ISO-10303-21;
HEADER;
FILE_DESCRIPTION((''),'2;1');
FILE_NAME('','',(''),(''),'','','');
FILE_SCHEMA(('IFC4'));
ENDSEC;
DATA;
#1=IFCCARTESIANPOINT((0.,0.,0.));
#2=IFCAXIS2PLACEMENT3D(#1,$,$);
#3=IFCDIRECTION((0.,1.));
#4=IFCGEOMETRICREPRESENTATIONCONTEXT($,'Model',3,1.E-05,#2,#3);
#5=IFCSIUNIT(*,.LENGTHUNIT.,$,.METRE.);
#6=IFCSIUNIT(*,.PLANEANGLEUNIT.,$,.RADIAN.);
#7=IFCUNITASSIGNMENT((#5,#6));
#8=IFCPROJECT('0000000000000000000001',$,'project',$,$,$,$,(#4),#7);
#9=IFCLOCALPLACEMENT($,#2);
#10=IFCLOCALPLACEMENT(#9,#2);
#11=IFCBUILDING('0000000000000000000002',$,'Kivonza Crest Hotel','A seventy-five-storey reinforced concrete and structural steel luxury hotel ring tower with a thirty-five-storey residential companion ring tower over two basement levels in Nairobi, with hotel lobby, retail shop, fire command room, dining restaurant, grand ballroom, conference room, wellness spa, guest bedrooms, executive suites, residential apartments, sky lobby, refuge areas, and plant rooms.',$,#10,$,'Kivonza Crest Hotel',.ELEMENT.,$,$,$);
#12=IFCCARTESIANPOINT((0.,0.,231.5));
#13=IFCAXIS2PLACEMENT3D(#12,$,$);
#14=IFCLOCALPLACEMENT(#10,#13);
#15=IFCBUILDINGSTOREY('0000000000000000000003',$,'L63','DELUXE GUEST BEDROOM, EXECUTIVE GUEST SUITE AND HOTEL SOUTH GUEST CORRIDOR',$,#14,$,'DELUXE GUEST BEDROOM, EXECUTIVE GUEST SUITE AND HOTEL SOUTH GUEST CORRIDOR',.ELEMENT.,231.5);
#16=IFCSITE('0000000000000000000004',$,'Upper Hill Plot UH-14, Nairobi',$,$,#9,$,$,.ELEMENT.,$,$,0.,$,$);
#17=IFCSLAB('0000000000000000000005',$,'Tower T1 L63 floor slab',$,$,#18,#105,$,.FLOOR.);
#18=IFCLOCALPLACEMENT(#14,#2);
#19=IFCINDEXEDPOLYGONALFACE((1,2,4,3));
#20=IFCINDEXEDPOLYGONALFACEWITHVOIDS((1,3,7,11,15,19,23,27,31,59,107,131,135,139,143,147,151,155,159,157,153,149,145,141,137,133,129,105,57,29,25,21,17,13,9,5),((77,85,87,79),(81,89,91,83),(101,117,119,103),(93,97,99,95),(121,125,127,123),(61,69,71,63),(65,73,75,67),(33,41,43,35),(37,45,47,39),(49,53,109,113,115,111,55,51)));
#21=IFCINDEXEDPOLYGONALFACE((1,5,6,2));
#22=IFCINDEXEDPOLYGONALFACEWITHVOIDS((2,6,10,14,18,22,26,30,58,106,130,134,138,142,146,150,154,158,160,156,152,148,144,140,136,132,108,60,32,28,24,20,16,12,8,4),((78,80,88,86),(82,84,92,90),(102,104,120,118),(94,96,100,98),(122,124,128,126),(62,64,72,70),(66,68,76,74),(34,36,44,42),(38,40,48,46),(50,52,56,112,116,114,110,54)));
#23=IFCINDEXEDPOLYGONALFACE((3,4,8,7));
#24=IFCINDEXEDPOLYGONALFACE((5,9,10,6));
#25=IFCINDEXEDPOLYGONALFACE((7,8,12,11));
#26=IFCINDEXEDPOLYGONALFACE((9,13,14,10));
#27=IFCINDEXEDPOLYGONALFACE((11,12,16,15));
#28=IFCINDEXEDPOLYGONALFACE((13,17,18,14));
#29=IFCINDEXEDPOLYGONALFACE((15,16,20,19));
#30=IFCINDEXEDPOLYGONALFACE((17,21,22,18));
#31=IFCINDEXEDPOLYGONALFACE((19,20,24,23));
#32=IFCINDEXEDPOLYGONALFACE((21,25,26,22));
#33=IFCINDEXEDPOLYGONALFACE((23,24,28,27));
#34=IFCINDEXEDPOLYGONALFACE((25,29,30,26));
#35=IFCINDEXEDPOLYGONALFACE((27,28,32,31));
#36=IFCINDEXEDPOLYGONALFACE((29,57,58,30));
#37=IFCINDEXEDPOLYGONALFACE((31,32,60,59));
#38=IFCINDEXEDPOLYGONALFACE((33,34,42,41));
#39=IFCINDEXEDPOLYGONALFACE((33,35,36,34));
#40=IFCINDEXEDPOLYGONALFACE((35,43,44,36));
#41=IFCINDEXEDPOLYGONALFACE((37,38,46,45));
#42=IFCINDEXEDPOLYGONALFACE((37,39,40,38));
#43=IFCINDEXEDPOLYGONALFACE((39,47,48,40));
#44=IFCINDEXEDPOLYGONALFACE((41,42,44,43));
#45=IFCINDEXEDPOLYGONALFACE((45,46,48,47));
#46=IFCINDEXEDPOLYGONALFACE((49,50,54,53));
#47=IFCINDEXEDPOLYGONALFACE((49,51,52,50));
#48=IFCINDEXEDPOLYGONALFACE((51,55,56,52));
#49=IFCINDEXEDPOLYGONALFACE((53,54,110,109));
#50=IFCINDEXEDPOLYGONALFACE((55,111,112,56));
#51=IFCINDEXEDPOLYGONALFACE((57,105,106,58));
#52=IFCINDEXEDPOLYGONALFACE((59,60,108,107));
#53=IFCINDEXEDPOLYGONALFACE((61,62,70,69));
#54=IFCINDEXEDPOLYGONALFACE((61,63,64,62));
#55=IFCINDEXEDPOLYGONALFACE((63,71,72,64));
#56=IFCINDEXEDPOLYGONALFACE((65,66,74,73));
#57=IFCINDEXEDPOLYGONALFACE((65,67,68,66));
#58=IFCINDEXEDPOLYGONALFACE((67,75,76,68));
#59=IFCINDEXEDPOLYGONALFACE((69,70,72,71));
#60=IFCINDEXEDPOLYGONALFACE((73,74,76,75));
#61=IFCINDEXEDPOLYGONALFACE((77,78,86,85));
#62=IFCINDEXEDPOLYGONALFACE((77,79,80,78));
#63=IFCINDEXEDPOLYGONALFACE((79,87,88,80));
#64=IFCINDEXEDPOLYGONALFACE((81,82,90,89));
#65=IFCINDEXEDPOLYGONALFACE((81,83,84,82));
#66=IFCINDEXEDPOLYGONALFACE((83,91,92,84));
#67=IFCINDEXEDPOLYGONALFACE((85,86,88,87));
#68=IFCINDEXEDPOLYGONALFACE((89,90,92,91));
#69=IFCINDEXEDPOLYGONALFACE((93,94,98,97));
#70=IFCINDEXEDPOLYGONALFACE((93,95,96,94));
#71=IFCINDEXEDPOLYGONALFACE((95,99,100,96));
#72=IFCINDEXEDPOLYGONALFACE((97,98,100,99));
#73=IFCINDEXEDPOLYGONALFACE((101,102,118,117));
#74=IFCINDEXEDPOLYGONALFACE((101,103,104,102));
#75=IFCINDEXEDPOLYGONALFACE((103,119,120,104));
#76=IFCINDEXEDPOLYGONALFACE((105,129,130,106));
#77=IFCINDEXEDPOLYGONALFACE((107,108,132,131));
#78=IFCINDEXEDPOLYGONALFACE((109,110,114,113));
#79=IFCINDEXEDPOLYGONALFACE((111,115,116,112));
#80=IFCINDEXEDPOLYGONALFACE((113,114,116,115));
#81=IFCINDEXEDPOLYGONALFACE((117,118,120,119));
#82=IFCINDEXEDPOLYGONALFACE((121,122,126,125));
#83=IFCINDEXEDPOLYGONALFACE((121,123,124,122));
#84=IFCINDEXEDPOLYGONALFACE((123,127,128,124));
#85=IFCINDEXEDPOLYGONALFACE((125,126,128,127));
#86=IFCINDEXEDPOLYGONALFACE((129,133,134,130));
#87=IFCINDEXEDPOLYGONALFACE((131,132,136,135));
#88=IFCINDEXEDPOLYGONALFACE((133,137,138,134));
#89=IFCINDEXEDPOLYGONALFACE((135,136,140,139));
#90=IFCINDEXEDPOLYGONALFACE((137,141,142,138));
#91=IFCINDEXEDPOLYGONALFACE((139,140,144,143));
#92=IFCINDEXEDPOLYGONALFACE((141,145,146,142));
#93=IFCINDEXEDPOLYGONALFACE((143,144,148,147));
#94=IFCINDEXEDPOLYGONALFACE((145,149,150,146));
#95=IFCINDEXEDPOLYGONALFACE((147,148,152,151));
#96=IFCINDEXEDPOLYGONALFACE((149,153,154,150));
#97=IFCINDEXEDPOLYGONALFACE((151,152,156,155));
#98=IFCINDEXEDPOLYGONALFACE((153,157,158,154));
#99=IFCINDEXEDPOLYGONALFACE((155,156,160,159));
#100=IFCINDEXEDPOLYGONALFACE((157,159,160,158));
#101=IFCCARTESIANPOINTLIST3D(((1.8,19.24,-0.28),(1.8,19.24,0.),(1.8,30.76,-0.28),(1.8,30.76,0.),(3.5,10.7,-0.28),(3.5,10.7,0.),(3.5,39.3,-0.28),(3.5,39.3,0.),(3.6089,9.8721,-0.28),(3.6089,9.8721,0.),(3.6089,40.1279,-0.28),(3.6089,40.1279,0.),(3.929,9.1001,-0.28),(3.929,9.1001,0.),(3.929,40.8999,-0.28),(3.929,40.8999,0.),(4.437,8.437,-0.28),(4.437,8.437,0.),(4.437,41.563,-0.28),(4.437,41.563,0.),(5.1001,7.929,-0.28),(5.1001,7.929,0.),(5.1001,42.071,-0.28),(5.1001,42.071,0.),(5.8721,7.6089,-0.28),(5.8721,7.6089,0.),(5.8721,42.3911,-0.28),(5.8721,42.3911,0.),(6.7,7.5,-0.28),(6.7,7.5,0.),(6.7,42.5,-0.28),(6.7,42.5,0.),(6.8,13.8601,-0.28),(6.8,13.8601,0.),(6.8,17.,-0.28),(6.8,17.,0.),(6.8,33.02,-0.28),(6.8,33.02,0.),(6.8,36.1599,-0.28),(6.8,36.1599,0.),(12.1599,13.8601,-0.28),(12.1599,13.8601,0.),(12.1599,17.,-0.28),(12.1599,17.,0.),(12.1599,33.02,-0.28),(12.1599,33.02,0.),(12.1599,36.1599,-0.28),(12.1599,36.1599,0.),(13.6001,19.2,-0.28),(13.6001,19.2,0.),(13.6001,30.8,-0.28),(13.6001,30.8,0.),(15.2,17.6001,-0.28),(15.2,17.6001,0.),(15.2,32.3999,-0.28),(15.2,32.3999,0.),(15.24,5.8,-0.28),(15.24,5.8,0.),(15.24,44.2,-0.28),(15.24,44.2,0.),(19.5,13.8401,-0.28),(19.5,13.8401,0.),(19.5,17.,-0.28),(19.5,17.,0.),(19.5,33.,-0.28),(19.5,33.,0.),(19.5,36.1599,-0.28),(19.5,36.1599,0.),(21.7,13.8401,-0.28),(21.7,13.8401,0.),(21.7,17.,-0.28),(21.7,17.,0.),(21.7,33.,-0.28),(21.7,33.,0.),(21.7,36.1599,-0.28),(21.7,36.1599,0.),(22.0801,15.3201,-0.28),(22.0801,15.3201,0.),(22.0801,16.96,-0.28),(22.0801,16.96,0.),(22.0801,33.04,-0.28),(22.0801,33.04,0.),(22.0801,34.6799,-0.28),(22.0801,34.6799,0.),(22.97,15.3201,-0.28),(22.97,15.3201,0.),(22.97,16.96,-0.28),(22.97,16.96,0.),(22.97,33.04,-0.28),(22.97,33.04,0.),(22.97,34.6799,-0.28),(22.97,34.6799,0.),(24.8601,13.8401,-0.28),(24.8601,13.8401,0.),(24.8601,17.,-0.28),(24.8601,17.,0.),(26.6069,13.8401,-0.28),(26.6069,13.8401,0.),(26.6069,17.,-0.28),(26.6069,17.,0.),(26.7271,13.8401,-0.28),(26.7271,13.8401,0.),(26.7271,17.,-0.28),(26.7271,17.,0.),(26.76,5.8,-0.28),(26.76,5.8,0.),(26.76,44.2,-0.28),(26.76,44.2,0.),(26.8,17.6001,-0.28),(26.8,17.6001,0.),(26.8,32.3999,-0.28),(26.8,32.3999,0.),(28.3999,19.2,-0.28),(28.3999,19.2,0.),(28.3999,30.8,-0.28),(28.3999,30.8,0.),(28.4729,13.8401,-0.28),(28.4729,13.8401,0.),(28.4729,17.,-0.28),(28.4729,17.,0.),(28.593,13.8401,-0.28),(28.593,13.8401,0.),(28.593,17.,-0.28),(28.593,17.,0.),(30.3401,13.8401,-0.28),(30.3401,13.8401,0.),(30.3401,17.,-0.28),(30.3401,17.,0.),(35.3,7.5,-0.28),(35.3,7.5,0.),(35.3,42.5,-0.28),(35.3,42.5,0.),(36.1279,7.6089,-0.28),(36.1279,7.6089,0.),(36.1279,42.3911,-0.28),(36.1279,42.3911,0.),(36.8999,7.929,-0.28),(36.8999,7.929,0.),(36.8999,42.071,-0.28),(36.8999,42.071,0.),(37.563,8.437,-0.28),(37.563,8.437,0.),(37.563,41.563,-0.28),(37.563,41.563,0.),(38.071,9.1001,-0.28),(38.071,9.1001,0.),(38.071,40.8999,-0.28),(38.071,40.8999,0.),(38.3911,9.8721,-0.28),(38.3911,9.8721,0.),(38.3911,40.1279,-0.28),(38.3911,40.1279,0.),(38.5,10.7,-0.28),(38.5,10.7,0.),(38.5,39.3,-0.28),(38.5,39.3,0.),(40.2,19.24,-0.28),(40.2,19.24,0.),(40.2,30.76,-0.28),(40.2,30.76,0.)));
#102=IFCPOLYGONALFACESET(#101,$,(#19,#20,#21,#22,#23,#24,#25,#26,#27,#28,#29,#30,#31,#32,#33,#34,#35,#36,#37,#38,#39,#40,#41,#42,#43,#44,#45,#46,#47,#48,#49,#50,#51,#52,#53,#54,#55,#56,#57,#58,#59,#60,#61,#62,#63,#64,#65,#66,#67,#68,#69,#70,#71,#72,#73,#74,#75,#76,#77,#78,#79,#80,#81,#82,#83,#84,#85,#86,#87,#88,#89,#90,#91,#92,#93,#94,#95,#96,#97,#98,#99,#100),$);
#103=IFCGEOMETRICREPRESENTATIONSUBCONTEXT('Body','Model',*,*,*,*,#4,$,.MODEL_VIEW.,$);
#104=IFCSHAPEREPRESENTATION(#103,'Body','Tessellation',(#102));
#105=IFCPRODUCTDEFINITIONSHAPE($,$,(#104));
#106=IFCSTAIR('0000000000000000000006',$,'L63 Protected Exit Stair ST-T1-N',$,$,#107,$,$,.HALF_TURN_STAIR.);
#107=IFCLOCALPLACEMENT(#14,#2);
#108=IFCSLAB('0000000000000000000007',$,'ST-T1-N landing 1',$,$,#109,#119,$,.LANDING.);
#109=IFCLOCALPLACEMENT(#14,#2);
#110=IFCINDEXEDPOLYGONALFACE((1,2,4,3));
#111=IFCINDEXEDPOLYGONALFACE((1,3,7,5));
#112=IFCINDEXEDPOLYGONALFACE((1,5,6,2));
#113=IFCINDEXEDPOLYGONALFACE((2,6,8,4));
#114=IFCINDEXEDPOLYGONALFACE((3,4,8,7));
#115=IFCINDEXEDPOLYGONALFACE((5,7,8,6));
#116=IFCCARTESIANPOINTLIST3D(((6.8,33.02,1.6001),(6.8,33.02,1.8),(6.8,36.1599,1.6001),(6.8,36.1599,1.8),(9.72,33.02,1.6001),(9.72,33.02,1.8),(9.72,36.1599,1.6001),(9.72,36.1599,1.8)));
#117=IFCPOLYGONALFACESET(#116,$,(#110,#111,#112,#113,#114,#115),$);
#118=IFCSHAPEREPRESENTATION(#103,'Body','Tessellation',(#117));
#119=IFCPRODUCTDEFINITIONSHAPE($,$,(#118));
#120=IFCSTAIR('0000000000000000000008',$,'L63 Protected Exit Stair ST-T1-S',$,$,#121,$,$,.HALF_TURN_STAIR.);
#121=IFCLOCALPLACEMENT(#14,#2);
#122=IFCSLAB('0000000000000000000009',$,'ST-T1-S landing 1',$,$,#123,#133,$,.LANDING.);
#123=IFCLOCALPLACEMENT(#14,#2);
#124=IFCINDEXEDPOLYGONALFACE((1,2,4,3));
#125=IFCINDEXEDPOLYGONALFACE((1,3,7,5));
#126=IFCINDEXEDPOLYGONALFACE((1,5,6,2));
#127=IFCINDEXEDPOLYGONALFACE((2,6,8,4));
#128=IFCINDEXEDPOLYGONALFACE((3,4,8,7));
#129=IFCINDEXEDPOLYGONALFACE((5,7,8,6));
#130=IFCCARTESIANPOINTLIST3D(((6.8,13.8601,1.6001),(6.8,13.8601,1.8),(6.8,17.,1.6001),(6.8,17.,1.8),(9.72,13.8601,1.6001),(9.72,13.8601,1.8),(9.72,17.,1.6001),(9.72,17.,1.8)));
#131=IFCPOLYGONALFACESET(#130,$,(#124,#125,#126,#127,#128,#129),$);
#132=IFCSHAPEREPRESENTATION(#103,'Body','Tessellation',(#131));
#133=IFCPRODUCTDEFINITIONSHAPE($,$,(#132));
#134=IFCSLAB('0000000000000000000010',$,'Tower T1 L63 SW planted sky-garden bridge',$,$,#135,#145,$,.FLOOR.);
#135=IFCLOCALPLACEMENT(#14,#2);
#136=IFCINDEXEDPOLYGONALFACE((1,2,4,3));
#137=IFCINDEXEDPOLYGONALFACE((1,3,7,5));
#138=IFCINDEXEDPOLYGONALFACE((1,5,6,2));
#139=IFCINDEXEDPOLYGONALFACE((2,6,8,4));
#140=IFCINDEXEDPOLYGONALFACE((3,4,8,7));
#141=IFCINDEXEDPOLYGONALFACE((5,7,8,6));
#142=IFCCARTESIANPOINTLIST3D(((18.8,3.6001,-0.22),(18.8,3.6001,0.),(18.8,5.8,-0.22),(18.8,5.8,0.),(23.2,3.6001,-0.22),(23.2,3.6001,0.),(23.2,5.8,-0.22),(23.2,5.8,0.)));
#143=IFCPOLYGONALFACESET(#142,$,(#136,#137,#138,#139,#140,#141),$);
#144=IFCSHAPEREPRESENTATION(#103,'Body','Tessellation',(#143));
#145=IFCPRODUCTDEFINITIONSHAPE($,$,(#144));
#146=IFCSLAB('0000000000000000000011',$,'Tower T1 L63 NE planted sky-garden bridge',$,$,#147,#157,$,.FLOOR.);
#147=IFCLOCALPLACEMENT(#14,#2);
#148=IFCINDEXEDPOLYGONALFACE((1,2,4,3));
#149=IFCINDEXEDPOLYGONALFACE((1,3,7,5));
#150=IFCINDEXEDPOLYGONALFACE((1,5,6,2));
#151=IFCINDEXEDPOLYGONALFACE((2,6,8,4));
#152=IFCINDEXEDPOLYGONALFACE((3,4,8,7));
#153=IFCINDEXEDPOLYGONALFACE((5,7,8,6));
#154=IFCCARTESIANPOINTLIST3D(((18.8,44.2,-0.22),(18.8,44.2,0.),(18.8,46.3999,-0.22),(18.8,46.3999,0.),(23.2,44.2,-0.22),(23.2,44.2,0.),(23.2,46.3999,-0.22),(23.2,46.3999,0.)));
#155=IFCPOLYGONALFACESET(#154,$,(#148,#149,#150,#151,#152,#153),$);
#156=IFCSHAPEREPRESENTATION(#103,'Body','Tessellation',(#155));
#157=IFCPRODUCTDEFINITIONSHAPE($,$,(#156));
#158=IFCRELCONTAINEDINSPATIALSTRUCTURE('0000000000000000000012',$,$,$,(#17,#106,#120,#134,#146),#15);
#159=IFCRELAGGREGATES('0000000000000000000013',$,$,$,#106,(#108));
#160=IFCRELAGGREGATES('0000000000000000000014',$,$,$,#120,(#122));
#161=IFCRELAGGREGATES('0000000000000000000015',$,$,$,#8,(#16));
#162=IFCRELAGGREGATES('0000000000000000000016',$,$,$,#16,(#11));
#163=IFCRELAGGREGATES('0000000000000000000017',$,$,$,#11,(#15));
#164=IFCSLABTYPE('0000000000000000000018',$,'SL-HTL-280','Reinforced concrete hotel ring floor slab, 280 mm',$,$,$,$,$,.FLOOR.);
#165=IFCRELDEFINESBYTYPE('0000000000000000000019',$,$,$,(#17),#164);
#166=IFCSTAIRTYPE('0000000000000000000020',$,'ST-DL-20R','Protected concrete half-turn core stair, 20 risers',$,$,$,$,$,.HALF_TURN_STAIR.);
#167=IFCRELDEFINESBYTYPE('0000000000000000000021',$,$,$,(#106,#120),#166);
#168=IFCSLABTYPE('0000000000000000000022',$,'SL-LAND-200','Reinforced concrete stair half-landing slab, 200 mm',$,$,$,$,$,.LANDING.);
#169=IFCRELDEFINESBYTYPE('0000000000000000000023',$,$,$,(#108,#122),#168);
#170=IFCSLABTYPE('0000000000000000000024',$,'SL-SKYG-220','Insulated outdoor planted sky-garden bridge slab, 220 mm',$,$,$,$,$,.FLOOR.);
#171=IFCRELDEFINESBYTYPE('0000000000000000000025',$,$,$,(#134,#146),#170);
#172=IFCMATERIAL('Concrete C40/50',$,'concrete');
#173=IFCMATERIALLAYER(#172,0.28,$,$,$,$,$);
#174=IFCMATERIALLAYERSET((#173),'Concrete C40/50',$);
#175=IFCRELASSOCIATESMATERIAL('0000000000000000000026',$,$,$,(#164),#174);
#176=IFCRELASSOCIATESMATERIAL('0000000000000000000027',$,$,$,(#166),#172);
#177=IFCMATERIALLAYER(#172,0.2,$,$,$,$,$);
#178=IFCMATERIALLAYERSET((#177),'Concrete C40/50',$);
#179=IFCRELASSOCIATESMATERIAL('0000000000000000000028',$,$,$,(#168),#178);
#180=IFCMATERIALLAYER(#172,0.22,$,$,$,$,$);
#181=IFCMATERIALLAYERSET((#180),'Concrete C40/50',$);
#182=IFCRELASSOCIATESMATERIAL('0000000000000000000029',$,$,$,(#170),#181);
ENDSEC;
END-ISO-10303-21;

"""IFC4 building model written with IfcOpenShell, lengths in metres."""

from ifc_helpers import new_model, si_unit, direction, frame, origin, place, context, subcontext, project, spatial, polyline, outline, extrude, material, layer, layer_set, type_object, element, aggregate, save


model = new_model("IFC4")

# Units and contexts
model_context = context("Model", 3, precision=1e-05, world=origin(), true_north=direction((0.0, 1.0)))
body_context = subcontext(model_context, "Body", "Model", "MODEL_VIEW")
ifc_project = project(units=[si_unit("LENGTHUNIT", "METRE"), si_unit("PLANEANGLEUNIT", "RADIAN")], contexts=[model_context])

# Site, building, storey
site_placement = place(None, origin())
site = spatial("IfcSite", under=ifc_project, at=site_placement, Name="Upper Hill Plot UH-14, Nairobi", CompositionType="ELEMENT", RefElevation=0.0)
building_placement = place(site_placement, origin())
building = spatial("IfcBuilding", under=site, at=building_placement, Name="Kivonza Crest Hotel", Description="A seventy-five-storey reinforced concrete and structural steel luxury hotel ring tower with a thirty-five-storey residential companion ring tower over two basement levels in Nairobi, with hotel lobby, retail shop, fire command room, dining restaurant, grand ballroom, conference room, wellness spa, guest bedrooms, executive suites, residential apartments, sky lobby, refuge areas, and plant rooms.", LongName="Kivonza Crest Hotel", CompositionType="ELEMENT")
storey_placement = place(building_placement, frame((0.0, 0.0, 231.5)))
storey = spatial("IfcBuildingStorey", under=building, at=storey_placement, Name="L63", Description="DELUXE GUEST BEDROOM, EXECUTIVE GUEST SUITE AND HOTEL SOUTH GUEST CORRIDOR", LongName="DELUXE GUEST BEDROOM, EXECUTIVE GUEST SUITE AND HOTEL SOUTH GUEST CORRIDOR", CompositionType="ELEMENT", Elevation=231.5)

# Slab
ifc_material_1 = material(Name="Concrete C40/50", Category="concrete")
ifc_layer_1 = layer(ifc_material_1, 0.28)
ifc_layer_set_1 = layer_set([ifc_layer_1], Name="Concrete C40/50")
slab_type_1 = type_object("IfcSlabType", Name="SL-HTL-280", Description="Reinforced concrete hotel ring floor slab, 280 mm", PredefinedType="FLOOR", material=ifc_layer_set_1)
slab_1_placement = place(storey_placement, frame((0.0, 0.0, -0.28)))
element("IfcSlab", 1, at=slab_1_placement, inside=storey, type_object=slab_type_1, Name="Tower T1 L63 floor slab", PredefinedType="FLOOR", context=body_context, shape_type="SweptSolid", body=[
    extrude(outline(polyline([(3.5, 10.7), (3.6089, 9.8721), (3.929, 9.1001), (4.437, 8.437), (5.1001, 7.929), (5.8721, 7.6089), (6.7, 7.5), (15.24, 5.8), (26.76, 5.8), (35.3, 7.5), (36.1279, 7.6089), (36.8999, 7.929), (37.563, 8.437), (38.071, 9.1001), (38.3911, 9.8721), (38.5, 10.7), (40.2, 19.24), (40.2, 30.76), (38.5, 39.3), (38.3911, 40.1279), (38.071, 40.8999), (37.563, 41.563), (36.8999, 42.071), (36.1279, 42.3911), (35.3, 42.5), (26.76, 44.2), (15.24, 44.2), (6.7, 42.5), (5.8721, 42.3911), (5.1001, 42.071), (4.437, 41.563), (3.929, 40.8999), (3.6089, 40.1279), (3.5, 39.3), (1.8, 30.76), (1.8, 19.24), (3.5, 10.7)]), holes=[polyline([(15.2, 17.6001), (26.8, 17.6001), (28.3999, 19.2), (28.3999, 30.8), (26.8, 32.3999), (15.2, 32.3999), (13.6001, 30.8), (13.6001, 19.2), (15.2, 17.6001)]), polyline([(6.8, 33.02), (12.1599, 33.02), (12.1599, 36.1599), (6.8, 36.1599), (6.8, 33.02)]), polyline([(6.8, 13.8601), (12.1599, 13.8601), (12.1599, 17.0), (6.8, 17.0), (6.8, 13.8601)]), polyline([(22.0801, 33.04), (22.97, 33.04), (22.97, 34.6799), (22.0801, 34.6799), (22.0801, 33.04)]), polyline([(22.0801, 15.3201), (22.97, 15.3201), (22.97, 16.96), (22.0801, 16.96), (22.0801, 15.3201)]), polyline([(19.5, 33.0), (21.7, 33.0), (21.7, 36.1599), (19.5, 36.1599), (19.5, 33.0)]), polyline([(19.5, 13.8401), (21.7, 13.8401), (21.7, 17.0), (19.5, 17.0), (19.5, 13.8401)]), polyline([(24.8601, 13.8401), (26.6069, 13.8401), (26.6069, 17.0), (24.8601, 17.0), (24.8601, 13.8401)]), polyline([(26.7271, 13.8401), (28.4729, 13.8401), (28.4729, 17.0), (26.7271, 17.0), (26.7271, 13.8401)]), polyline([(28.593, 13.8401), (30.3401, 13.8401), (30.3401, 17.0), (28.593, 17.0), (28.593, 13.8401)])]), origin(), (0.0, 0.0, 1.0), 0.28),
])

# Stairs, slabs
stair_type = type_object("IfcStairType", Name="ST-DL-20R", Description="Protected concrete half-turn core stair, 20 risers", PredefinedType="HALF_TURN_STAIR", material=ifc_material_1)
stair_1_placement = place(storey_placement, origin())
stair_1 = element("IfcStair", 2, at=stair_1_placement, inside=storey, type_object=stair_type, Name="L63 Protected Exit Stair ST-T1-N", PredefinedType="HALF_TURN_STAIR")
ifc_layer_2 = layer(ifc_material_1, 0.2)
ifc_layer_set_2 = layer_set([ifc_layer_2], Name="Concrete C40/50")
slab_type_2 = type_object("IfcSlabType", Name="SL-LAND-200", Description="Reinforced concrete stair half-landing slab, 200 mm", PredefinedType="LANDING", material=ifc_layer_set_2)
slab_2_placement = place(storey_placement, frame((0.0, 0.0, 1.6001)))
slab_2 = element("IfcSlab", 3, at=slab_2_placement, type_object=slab_type_2, Name="ST-T1-N landing 1", PredefinedType="LANDING", context=body_context, shape_type="SweptSolid", body=[
    extrude(outline(polyline([(9.72, 36.1599), (6.8, 36.1599), (6.8, 33.02), (9.72, 33.02), (9.72, 36.1599)])), origin(), (0.0, 0.0, 1.0), 0.2),
])
aggregate(stair_1, [slab_2])
stair_2_placement = place(storey_placement, origin())
stair_2 = element("IfcStair", 4, at=stair_2_placement, inside=storey, type_object=stair_type, Name="L63 Protected Exit Stair ST-T1-S", PredefinedType="HALF_TURN_STAIR")
slab_3_placement = place(storey_placement, frame((0.0, 0.0, 1.6001)))
slab_3 = element("IfcSlab", 5, at=slab_3_placement, type_object=slab_type_2, Name="ST-T1-S landing 1", PredefinedType="LANDING", context=body_context, shape_type="SweptSolid", body=[
    extrude(outline(polyline([(9.72, 17.0), (6.8, 17.0), (6.8, 13.8601), (9.72, 13.8601), (9.72, 17.0)])), origin(), (0.0, 0.0, 1.0), 0.2),
])
aggregate(stair_2, [slab_3])

# Slabs
ifc_layer_3 = layer(ifc_material_1, 0.22)
ifc_layer_set_3 = layer_set([ifc_layer_3], Name="Concrete C40/50")
slab_type_3 = type_object("IfcSlabType", Name="SL-SKYG-220", Description="Insulated outdoor planted sky-garden bridge slab, 220 mm", PredefinedType="FLOOR", material=ifc_layer_set_3)
slab_4_placement = place(storey_placement, frame((0.0, 0.0, -0.22)))
element("IfcSlab", 6, at=slab_4_placement, inside=storey, type_object=slab_type_3, Name="Tower T1 L63 SW planted sky-garden bridge", PredefinedType="FLOOR", context=body_context, shape_type="SweptSolid", body=[
    extrude(outline(polyline([(18.8, 3.6001), (23.2, 3.6001), (23.2, 5.8), (18.8, 5.8), (18.8, 3.6001)])), origin(), (0.0, 0.0, 1.0), 0.22),
])
slab_5_placement = place(storey_placement, frame((0.0, 0.0, -0.22)))
element("IfcSlab", 7, at=slab_5_placement, inside=storey, type_object=slab_type_3, Name="Tower T1 L63 NE planted sky-garden bridge", PredefinedType="FLOOR", context=body_context, shape_type="SweptSolid", body=[
    extrude(outline(polyline([(18.8, 44.2), (23.2, 44.2), (23.2, 46.3999), (18.8, 46.3999), (18.8, 44.2)])), origin(), (0.0, 0.0, 1.0), 0.22),
])

save(model, "model.ifc")
